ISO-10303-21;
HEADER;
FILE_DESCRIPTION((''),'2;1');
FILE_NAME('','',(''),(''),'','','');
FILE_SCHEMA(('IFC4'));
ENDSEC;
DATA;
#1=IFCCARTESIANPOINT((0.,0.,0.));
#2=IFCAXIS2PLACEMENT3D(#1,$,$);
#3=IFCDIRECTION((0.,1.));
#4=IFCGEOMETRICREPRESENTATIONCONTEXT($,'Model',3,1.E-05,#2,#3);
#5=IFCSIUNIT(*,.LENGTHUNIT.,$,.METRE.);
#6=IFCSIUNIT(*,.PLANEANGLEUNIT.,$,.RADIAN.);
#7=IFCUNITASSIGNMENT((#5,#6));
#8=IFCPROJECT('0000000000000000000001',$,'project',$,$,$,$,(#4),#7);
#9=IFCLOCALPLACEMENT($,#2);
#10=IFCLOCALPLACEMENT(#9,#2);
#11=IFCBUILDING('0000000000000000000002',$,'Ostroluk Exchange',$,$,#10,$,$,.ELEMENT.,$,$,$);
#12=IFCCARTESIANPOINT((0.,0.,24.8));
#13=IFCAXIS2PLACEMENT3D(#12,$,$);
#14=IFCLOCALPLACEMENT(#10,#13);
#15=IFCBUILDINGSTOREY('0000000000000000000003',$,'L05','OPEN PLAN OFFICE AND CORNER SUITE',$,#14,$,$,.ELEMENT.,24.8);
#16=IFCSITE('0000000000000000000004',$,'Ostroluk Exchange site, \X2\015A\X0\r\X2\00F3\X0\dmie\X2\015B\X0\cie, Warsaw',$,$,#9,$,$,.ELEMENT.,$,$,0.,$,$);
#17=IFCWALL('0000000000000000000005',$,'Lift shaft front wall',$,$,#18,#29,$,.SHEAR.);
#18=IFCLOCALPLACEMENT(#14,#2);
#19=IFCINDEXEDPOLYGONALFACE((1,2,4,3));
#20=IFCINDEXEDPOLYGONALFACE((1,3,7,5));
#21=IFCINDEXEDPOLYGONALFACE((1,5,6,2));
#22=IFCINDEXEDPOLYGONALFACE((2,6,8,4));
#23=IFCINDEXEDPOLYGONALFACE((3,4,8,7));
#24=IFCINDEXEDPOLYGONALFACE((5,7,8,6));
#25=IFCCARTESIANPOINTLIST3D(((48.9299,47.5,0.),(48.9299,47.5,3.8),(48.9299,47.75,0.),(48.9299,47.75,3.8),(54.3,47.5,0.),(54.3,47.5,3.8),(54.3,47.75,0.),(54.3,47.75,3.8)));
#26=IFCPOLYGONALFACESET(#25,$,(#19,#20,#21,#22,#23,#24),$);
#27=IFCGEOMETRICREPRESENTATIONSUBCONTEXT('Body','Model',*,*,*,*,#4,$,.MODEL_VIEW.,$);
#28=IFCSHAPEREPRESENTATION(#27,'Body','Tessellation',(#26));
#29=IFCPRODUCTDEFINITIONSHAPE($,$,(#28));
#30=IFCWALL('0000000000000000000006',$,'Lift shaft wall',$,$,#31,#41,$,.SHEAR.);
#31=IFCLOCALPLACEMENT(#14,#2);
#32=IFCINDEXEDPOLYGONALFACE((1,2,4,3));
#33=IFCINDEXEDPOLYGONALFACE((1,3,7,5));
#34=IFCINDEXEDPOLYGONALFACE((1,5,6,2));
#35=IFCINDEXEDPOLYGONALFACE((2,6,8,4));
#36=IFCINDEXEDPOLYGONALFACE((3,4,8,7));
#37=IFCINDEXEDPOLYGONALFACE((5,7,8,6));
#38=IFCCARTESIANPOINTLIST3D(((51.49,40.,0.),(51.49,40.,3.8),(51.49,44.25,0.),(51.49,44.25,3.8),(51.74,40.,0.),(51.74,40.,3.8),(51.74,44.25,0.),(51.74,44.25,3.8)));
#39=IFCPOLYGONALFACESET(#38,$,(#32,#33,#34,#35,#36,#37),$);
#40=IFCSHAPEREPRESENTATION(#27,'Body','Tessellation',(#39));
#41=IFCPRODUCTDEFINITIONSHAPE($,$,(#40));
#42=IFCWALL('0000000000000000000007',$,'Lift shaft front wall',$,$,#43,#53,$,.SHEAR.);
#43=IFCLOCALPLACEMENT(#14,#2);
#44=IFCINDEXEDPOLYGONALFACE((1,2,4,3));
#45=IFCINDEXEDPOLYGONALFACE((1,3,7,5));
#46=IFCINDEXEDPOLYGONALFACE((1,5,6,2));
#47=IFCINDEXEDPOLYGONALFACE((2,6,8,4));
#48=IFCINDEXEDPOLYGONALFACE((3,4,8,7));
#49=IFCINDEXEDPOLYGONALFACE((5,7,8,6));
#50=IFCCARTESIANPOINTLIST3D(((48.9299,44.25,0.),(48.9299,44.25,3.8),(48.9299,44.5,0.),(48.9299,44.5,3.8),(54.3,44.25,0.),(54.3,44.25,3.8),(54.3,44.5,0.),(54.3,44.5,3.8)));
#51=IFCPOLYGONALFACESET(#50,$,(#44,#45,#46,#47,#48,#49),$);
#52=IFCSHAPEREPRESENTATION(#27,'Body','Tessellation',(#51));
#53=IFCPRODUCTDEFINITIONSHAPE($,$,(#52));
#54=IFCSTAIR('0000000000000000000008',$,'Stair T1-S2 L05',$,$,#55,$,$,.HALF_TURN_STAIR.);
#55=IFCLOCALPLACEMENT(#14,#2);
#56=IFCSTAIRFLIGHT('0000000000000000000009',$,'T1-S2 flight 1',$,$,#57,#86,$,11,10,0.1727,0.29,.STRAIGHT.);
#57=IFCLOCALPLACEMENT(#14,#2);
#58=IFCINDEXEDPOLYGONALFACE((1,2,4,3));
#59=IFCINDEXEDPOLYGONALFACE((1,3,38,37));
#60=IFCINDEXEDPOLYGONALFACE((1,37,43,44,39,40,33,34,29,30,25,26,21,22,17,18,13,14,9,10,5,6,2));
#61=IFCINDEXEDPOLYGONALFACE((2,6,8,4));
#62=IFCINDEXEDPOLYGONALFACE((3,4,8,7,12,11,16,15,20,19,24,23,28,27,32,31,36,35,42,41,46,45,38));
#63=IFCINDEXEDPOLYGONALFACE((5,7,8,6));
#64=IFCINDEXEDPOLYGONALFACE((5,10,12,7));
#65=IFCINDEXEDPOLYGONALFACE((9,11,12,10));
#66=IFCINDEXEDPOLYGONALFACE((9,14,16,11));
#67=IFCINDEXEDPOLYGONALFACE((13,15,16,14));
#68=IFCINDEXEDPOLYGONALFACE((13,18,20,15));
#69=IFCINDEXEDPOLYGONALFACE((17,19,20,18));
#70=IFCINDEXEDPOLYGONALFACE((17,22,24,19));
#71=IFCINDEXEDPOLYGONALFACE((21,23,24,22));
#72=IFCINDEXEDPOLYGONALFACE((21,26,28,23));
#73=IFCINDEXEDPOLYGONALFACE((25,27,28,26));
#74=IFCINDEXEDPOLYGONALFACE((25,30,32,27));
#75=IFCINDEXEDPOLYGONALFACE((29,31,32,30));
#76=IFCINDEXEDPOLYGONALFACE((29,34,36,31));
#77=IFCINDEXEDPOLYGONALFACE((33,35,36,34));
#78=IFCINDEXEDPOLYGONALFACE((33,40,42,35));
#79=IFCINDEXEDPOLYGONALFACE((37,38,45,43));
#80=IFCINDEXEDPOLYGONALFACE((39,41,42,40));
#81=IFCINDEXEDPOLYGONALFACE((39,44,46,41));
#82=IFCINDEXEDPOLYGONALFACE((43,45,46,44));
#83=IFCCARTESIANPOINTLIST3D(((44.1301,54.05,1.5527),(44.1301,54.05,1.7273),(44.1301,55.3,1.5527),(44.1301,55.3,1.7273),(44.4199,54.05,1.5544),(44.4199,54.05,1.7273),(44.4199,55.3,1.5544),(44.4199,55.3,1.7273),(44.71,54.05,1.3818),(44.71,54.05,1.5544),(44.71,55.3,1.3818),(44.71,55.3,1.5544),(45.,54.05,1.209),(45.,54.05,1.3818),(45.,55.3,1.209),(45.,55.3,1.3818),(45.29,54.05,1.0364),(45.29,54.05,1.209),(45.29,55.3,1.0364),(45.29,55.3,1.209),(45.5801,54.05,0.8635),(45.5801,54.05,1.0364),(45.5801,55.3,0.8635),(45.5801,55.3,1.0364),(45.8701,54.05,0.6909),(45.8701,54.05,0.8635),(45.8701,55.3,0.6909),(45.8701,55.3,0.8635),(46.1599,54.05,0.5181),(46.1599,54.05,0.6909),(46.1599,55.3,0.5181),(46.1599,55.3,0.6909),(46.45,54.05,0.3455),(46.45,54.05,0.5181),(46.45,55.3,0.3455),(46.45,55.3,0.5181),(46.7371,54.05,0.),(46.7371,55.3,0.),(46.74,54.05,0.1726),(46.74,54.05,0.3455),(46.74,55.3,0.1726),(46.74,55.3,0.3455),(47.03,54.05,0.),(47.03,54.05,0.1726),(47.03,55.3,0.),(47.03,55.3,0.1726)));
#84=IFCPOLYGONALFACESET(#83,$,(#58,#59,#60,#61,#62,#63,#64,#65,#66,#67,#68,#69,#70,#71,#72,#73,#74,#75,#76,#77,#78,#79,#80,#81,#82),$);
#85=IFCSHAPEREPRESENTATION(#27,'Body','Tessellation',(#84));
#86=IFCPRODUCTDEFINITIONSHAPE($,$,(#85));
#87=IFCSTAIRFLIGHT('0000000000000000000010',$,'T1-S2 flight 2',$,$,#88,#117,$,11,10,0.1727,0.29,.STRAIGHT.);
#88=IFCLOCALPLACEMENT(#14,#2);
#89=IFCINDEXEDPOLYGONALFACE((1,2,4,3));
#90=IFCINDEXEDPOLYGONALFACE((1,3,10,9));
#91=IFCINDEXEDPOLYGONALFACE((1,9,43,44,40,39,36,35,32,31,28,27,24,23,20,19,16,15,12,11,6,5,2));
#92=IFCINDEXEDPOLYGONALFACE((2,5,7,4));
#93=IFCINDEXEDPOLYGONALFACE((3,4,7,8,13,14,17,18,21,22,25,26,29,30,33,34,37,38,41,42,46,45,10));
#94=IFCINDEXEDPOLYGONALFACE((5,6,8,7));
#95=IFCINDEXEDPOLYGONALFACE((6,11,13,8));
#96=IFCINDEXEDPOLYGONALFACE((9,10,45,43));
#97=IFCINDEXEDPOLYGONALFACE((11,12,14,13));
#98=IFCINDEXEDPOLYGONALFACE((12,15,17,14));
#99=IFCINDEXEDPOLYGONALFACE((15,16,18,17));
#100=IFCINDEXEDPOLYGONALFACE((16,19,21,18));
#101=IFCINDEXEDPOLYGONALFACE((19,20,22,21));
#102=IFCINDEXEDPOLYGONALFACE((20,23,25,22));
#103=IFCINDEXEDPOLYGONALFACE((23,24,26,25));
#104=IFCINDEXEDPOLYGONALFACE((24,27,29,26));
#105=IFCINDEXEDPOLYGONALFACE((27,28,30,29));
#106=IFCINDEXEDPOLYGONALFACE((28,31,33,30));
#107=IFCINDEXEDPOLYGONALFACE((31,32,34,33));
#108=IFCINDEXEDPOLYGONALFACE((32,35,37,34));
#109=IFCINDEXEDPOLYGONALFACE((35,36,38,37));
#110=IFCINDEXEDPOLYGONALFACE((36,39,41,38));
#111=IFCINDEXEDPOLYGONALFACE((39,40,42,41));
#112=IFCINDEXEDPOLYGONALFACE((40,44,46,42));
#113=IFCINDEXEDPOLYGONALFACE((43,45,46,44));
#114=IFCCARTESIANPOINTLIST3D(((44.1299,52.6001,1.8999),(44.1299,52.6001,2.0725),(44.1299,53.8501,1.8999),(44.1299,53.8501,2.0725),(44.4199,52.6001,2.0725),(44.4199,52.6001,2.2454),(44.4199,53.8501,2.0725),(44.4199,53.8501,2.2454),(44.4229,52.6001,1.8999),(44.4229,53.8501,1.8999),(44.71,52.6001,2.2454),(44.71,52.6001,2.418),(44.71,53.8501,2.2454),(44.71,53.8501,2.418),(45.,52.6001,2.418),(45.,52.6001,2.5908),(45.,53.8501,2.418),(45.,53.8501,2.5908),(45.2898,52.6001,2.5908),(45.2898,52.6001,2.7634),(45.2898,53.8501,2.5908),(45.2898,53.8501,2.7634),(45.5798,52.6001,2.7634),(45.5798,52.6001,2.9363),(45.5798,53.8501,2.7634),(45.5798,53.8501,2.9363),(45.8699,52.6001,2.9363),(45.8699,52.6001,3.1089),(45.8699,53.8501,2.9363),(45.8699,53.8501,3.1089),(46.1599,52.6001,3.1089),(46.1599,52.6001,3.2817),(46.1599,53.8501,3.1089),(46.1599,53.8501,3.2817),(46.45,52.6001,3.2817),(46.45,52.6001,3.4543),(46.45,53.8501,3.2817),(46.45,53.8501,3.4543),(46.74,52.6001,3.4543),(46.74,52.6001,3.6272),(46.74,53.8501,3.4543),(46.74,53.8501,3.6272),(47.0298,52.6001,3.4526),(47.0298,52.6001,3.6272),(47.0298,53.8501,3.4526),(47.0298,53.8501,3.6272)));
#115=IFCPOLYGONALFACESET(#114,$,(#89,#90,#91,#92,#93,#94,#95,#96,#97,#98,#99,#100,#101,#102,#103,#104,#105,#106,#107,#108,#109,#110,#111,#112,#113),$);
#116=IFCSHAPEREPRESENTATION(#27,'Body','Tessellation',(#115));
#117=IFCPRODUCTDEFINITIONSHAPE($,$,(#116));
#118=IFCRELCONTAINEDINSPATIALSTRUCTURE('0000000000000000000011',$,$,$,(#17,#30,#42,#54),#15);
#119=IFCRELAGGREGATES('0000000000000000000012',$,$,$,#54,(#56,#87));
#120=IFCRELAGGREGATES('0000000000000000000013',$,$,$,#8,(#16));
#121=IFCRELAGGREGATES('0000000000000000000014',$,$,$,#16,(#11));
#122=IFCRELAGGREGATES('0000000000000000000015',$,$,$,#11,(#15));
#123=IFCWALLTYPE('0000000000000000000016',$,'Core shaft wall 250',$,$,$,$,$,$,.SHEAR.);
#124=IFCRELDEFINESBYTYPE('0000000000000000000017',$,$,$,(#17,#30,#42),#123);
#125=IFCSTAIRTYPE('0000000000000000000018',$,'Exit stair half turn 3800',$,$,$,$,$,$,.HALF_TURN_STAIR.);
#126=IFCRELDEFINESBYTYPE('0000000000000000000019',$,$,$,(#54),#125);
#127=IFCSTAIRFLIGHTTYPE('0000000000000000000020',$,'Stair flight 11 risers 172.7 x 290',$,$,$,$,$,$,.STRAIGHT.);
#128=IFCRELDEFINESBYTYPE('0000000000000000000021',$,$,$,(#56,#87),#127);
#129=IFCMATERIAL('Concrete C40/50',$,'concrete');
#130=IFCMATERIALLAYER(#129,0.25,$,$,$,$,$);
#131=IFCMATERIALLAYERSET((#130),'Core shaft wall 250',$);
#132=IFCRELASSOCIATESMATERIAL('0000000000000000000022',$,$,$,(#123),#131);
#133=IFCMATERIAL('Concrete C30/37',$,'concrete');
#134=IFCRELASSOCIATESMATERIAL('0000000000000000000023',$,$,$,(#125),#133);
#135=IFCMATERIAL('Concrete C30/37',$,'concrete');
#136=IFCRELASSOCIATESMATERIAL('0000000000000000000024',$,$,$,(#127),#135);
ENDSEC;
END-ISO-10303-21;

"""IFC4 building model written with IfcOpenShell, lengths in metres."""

from ifc_helpers import new_model, si_unit, direction, frame, frame_2d, origin, place, context, subcontext, project, spatial, polyline, rectangle, outline, extrude, material, layer, layer_set, type_object, element, aggregate, save


model = new_model("IFC4")

# Units and contexts
model_context = context("Model", 3, precision=1e-05, world=origin(), true_north=direction((0.0, 1.0)))
body_context = subcontext(model_context, "Body", "Model", "MODEL_VIEW")
ifc_project = project(units=[si_unit("LENGTHUNIT", "METRE"), si_unit("PLANEANGLEUNIT", "RADIAN")], contexts=[model_context])

# Site, building, storey
site_placement = place(None, origin())
site = spatial("IfcSite", under=ifc_project, at=site_placement, Name="Ostroluk Exchange site, Śródmieście, Warsaw", CompositionType="ELEMENT", RefElevation=0.0)
building_placement = place(site_placement, origin())
building = spatial("IfcBuilding", under=site, at=building_placement, Name="Ostroluk Exchange", CompositionType="ELEMENT")
storey_placement = place(building_placement, frame((0.0, 0.0, 24.8)))
storey = spatial("IfcBuildingStorey", under=building, at=storey_placement, Name="L05", Description="OPEN PLAN OFFICE AND CORNER SUITE", CompositionType="ELEMENT", Elevation=24.8)

# Shared definitions
ifc_material_1 = material(Name="Concrete C40/50", Category="concrete")
ifc_layer_1 = layer(ifc_material_1, 0.25)
ifc_layer_set_1 = layer_set([ifc_layer_1], Name="Core shaft wall 250")
wall_type_1 = type_object("IfcWallType", Name="Core shaft wall 250", PredefinedType="SHEAR", material=ifc_layer_set_1)

# Walls
wall_1_placement = place(storey_placement, frame((48.9299, 47.625, 0.0), z_axis=(0.0, 0.0, 1.0), x_axis=(1.0, 0.0, 0.0)))
element("IfcWall", 1, at=wall_1_placement, inside=storey, type_object=wall_type_1, Name="Lift shaft front wall", PredefinedType="SHEAR", context=body_context, shape_type="SweptSolid", body=[
    extrude(rectangle(XDim=5.3701, YDim=0.25, at=frame_2d((2.6851, 0.0))), origin(), (0.0, 0.0, 1.0), 3.8),
])
wall_2_placement = place(storey_placement, frame((51.615, 44.25, 0.0), z_axis=(0.0, 0.0, 1.0), x_axis=(0.0, -1.0, 0.0)))
element("IfcWall", 2, at=wall_2_placement, inside=storey, type_object=wall_type_1, Name="Lift shaft wall", PredefinedType="SHEAR", context=body_context, shape_type="SweptSolid", body=[
    extrude(rectangle(XDim=4.25, YDim=0.25, at=frame_2d((2.125, 0.0))), origin(), (0.0, 0.0, 1.0), 3.8),
])
wall_3_placement = place(storey_placement, frame((48.9299, 44.375, 0.0), z_axis=(0.0, 0.0, 1.0), x_axis=(1.0, 0.0, 0.0)))
element("IfcWall", 3, at=wall_3_placement, inside=storey, type_object=wall_type_1, Name="Lift shaft front wall", PredefinedType="SHEAR", context=body_context, shape_type="SweptSolid", body=[
    extrude(rectangle(XDim=5.3701, YDim=0.25, at=frame_2d((2.6851, 0.0))), origin(), (0.0, 0.0, 1.0), 3.8),
])

# Stair, stair flights
ifc_material_2 = material(Name="Concrete C30/37", Category="concrete")
stair_type = type_object("IfcStairType", Name="Exit stair half turn 3800", PredefinedType="HALF_TURN_STAIR", material=ifc_material_2)
stair_placement = place(storey_placement, origin())
stair = element("IfcStair", 4, at=stair_placement, inside=storey, type_object=stair_type, Name="Stair T1-S2 L05", PredefinedType="HALF_TURN_STAIR")
ifc_material_3 = material(Name="Concrete C30/37", Category="concrete")
stair_flight_type = type_object("IfcStairFlightType", Name="Stair flight 11 risers 172.7 x 290", PredefinedType="STRAIGHT", material=ifc_material_3)
stair_flight_1_placement = place(storey_placement, frame((47.03, 54.675, 0.0), z_axis=(0.0, 0.0, 1.0), x_axis=(-1.0, 0.0, 0.0)))
stair_flight_1 = element("IfcStairFlight", 5, at=stair_flight_1_placement, type_object=stair_flight_type, Name="T1-S2 flight 1", NumberOfRisers=11, NumberOfTreads=10, PredefinedType="STRAIGHT", RiserHeight=0.1727, TreadLength=0.29, context=body_context, shape_type="SweptSolid", body=[
    extrude(outline(polyline([(0.0, 0.0), (0.0, 0.1726), (0.29, 0.1726), (0.29, 0.3455), (0.5801, 0.3455), (0.5801, 0.5181), (0.8701, 0.5181), (0.8701, 0.6909), (1.1599, 0.6909), (1.1599, 0.8635), (1.45, 0.8635), (1.45, 1.0364), (1.74, 1.0364), (1.74, 1.209), (2.03, 1.209), (2.03, 1.3818), (2.3201, 1.3818), (2.3201, 1.5544), (2.6101, 1.5544), (2.6101, 1.7273), (2.8999, 1.7273), (2.8999, 1.8999), (2.8999, 1.5527), (0.293, 0.0), (0.0, 0.0)])), frame((0.0, 0.625, 0.0), z_axis=(0.0, -1.0, 0.0), x_axis=(1.0, 0.0, 0.0)), (0.0, 0.0, 1.0), 1.25),
])
stair_flight_2_placement = place(storey_placement, frame((44.1299, 53.2251, 1.8999), z_axis=(0.0, 0.0, 1.0), x_axis=(1.0, 0.0, 0.0)))
stair_flight_2 = element("IfcStairFlight", 6, at=stair_flight_2_placement, type_object=stair_flight_type, Name="T1-S2 flight 2", NumberOfRisers=11, NumberOfTreads=10, PredefinedType="STRAIGHT", RiserHeight=0.1727, TreadLength=0.29, context=body_context, shape_type="SweptSolid", body=[
    extrude(outline(polyline([(0.0, 0.0), (0.0, 0.1726), (0.29, 0.1726), (0.29, 0.3455), (0.5801, 0.3455), (0.5801, 0.5181), (0.8701, 0.5181), (0.8701, 0.6909), (1.1599, 0.6909), (1.1599, 0.8635), (1.45, 0.8635), (1.45, 1.0364), (1.74, 1.0364), (1.74, 1.209), (2.03, 1.209), (2.03, 1.3818), (2.3201, 1.3818), (2.3201, 1.5544), (2.6101, 1.5544), (2.6101, 1.7273), (2.8999, 1.7273), (2.8999, 1.8999), (2.8999, 1.5527), (0.293, 0.0), (0.0, 0.0)])), frame((0.0, 0.625, 0.0), z_axis=(0.0, -1.0, 0.0), x_axis=(1.0, 0.0, 0.0)), (0.0, 0.0, 1.0), 1.25),
])
aggregate(stair, [stair_flight_1, stair_flight_2])

save(model, "model.ifc")
